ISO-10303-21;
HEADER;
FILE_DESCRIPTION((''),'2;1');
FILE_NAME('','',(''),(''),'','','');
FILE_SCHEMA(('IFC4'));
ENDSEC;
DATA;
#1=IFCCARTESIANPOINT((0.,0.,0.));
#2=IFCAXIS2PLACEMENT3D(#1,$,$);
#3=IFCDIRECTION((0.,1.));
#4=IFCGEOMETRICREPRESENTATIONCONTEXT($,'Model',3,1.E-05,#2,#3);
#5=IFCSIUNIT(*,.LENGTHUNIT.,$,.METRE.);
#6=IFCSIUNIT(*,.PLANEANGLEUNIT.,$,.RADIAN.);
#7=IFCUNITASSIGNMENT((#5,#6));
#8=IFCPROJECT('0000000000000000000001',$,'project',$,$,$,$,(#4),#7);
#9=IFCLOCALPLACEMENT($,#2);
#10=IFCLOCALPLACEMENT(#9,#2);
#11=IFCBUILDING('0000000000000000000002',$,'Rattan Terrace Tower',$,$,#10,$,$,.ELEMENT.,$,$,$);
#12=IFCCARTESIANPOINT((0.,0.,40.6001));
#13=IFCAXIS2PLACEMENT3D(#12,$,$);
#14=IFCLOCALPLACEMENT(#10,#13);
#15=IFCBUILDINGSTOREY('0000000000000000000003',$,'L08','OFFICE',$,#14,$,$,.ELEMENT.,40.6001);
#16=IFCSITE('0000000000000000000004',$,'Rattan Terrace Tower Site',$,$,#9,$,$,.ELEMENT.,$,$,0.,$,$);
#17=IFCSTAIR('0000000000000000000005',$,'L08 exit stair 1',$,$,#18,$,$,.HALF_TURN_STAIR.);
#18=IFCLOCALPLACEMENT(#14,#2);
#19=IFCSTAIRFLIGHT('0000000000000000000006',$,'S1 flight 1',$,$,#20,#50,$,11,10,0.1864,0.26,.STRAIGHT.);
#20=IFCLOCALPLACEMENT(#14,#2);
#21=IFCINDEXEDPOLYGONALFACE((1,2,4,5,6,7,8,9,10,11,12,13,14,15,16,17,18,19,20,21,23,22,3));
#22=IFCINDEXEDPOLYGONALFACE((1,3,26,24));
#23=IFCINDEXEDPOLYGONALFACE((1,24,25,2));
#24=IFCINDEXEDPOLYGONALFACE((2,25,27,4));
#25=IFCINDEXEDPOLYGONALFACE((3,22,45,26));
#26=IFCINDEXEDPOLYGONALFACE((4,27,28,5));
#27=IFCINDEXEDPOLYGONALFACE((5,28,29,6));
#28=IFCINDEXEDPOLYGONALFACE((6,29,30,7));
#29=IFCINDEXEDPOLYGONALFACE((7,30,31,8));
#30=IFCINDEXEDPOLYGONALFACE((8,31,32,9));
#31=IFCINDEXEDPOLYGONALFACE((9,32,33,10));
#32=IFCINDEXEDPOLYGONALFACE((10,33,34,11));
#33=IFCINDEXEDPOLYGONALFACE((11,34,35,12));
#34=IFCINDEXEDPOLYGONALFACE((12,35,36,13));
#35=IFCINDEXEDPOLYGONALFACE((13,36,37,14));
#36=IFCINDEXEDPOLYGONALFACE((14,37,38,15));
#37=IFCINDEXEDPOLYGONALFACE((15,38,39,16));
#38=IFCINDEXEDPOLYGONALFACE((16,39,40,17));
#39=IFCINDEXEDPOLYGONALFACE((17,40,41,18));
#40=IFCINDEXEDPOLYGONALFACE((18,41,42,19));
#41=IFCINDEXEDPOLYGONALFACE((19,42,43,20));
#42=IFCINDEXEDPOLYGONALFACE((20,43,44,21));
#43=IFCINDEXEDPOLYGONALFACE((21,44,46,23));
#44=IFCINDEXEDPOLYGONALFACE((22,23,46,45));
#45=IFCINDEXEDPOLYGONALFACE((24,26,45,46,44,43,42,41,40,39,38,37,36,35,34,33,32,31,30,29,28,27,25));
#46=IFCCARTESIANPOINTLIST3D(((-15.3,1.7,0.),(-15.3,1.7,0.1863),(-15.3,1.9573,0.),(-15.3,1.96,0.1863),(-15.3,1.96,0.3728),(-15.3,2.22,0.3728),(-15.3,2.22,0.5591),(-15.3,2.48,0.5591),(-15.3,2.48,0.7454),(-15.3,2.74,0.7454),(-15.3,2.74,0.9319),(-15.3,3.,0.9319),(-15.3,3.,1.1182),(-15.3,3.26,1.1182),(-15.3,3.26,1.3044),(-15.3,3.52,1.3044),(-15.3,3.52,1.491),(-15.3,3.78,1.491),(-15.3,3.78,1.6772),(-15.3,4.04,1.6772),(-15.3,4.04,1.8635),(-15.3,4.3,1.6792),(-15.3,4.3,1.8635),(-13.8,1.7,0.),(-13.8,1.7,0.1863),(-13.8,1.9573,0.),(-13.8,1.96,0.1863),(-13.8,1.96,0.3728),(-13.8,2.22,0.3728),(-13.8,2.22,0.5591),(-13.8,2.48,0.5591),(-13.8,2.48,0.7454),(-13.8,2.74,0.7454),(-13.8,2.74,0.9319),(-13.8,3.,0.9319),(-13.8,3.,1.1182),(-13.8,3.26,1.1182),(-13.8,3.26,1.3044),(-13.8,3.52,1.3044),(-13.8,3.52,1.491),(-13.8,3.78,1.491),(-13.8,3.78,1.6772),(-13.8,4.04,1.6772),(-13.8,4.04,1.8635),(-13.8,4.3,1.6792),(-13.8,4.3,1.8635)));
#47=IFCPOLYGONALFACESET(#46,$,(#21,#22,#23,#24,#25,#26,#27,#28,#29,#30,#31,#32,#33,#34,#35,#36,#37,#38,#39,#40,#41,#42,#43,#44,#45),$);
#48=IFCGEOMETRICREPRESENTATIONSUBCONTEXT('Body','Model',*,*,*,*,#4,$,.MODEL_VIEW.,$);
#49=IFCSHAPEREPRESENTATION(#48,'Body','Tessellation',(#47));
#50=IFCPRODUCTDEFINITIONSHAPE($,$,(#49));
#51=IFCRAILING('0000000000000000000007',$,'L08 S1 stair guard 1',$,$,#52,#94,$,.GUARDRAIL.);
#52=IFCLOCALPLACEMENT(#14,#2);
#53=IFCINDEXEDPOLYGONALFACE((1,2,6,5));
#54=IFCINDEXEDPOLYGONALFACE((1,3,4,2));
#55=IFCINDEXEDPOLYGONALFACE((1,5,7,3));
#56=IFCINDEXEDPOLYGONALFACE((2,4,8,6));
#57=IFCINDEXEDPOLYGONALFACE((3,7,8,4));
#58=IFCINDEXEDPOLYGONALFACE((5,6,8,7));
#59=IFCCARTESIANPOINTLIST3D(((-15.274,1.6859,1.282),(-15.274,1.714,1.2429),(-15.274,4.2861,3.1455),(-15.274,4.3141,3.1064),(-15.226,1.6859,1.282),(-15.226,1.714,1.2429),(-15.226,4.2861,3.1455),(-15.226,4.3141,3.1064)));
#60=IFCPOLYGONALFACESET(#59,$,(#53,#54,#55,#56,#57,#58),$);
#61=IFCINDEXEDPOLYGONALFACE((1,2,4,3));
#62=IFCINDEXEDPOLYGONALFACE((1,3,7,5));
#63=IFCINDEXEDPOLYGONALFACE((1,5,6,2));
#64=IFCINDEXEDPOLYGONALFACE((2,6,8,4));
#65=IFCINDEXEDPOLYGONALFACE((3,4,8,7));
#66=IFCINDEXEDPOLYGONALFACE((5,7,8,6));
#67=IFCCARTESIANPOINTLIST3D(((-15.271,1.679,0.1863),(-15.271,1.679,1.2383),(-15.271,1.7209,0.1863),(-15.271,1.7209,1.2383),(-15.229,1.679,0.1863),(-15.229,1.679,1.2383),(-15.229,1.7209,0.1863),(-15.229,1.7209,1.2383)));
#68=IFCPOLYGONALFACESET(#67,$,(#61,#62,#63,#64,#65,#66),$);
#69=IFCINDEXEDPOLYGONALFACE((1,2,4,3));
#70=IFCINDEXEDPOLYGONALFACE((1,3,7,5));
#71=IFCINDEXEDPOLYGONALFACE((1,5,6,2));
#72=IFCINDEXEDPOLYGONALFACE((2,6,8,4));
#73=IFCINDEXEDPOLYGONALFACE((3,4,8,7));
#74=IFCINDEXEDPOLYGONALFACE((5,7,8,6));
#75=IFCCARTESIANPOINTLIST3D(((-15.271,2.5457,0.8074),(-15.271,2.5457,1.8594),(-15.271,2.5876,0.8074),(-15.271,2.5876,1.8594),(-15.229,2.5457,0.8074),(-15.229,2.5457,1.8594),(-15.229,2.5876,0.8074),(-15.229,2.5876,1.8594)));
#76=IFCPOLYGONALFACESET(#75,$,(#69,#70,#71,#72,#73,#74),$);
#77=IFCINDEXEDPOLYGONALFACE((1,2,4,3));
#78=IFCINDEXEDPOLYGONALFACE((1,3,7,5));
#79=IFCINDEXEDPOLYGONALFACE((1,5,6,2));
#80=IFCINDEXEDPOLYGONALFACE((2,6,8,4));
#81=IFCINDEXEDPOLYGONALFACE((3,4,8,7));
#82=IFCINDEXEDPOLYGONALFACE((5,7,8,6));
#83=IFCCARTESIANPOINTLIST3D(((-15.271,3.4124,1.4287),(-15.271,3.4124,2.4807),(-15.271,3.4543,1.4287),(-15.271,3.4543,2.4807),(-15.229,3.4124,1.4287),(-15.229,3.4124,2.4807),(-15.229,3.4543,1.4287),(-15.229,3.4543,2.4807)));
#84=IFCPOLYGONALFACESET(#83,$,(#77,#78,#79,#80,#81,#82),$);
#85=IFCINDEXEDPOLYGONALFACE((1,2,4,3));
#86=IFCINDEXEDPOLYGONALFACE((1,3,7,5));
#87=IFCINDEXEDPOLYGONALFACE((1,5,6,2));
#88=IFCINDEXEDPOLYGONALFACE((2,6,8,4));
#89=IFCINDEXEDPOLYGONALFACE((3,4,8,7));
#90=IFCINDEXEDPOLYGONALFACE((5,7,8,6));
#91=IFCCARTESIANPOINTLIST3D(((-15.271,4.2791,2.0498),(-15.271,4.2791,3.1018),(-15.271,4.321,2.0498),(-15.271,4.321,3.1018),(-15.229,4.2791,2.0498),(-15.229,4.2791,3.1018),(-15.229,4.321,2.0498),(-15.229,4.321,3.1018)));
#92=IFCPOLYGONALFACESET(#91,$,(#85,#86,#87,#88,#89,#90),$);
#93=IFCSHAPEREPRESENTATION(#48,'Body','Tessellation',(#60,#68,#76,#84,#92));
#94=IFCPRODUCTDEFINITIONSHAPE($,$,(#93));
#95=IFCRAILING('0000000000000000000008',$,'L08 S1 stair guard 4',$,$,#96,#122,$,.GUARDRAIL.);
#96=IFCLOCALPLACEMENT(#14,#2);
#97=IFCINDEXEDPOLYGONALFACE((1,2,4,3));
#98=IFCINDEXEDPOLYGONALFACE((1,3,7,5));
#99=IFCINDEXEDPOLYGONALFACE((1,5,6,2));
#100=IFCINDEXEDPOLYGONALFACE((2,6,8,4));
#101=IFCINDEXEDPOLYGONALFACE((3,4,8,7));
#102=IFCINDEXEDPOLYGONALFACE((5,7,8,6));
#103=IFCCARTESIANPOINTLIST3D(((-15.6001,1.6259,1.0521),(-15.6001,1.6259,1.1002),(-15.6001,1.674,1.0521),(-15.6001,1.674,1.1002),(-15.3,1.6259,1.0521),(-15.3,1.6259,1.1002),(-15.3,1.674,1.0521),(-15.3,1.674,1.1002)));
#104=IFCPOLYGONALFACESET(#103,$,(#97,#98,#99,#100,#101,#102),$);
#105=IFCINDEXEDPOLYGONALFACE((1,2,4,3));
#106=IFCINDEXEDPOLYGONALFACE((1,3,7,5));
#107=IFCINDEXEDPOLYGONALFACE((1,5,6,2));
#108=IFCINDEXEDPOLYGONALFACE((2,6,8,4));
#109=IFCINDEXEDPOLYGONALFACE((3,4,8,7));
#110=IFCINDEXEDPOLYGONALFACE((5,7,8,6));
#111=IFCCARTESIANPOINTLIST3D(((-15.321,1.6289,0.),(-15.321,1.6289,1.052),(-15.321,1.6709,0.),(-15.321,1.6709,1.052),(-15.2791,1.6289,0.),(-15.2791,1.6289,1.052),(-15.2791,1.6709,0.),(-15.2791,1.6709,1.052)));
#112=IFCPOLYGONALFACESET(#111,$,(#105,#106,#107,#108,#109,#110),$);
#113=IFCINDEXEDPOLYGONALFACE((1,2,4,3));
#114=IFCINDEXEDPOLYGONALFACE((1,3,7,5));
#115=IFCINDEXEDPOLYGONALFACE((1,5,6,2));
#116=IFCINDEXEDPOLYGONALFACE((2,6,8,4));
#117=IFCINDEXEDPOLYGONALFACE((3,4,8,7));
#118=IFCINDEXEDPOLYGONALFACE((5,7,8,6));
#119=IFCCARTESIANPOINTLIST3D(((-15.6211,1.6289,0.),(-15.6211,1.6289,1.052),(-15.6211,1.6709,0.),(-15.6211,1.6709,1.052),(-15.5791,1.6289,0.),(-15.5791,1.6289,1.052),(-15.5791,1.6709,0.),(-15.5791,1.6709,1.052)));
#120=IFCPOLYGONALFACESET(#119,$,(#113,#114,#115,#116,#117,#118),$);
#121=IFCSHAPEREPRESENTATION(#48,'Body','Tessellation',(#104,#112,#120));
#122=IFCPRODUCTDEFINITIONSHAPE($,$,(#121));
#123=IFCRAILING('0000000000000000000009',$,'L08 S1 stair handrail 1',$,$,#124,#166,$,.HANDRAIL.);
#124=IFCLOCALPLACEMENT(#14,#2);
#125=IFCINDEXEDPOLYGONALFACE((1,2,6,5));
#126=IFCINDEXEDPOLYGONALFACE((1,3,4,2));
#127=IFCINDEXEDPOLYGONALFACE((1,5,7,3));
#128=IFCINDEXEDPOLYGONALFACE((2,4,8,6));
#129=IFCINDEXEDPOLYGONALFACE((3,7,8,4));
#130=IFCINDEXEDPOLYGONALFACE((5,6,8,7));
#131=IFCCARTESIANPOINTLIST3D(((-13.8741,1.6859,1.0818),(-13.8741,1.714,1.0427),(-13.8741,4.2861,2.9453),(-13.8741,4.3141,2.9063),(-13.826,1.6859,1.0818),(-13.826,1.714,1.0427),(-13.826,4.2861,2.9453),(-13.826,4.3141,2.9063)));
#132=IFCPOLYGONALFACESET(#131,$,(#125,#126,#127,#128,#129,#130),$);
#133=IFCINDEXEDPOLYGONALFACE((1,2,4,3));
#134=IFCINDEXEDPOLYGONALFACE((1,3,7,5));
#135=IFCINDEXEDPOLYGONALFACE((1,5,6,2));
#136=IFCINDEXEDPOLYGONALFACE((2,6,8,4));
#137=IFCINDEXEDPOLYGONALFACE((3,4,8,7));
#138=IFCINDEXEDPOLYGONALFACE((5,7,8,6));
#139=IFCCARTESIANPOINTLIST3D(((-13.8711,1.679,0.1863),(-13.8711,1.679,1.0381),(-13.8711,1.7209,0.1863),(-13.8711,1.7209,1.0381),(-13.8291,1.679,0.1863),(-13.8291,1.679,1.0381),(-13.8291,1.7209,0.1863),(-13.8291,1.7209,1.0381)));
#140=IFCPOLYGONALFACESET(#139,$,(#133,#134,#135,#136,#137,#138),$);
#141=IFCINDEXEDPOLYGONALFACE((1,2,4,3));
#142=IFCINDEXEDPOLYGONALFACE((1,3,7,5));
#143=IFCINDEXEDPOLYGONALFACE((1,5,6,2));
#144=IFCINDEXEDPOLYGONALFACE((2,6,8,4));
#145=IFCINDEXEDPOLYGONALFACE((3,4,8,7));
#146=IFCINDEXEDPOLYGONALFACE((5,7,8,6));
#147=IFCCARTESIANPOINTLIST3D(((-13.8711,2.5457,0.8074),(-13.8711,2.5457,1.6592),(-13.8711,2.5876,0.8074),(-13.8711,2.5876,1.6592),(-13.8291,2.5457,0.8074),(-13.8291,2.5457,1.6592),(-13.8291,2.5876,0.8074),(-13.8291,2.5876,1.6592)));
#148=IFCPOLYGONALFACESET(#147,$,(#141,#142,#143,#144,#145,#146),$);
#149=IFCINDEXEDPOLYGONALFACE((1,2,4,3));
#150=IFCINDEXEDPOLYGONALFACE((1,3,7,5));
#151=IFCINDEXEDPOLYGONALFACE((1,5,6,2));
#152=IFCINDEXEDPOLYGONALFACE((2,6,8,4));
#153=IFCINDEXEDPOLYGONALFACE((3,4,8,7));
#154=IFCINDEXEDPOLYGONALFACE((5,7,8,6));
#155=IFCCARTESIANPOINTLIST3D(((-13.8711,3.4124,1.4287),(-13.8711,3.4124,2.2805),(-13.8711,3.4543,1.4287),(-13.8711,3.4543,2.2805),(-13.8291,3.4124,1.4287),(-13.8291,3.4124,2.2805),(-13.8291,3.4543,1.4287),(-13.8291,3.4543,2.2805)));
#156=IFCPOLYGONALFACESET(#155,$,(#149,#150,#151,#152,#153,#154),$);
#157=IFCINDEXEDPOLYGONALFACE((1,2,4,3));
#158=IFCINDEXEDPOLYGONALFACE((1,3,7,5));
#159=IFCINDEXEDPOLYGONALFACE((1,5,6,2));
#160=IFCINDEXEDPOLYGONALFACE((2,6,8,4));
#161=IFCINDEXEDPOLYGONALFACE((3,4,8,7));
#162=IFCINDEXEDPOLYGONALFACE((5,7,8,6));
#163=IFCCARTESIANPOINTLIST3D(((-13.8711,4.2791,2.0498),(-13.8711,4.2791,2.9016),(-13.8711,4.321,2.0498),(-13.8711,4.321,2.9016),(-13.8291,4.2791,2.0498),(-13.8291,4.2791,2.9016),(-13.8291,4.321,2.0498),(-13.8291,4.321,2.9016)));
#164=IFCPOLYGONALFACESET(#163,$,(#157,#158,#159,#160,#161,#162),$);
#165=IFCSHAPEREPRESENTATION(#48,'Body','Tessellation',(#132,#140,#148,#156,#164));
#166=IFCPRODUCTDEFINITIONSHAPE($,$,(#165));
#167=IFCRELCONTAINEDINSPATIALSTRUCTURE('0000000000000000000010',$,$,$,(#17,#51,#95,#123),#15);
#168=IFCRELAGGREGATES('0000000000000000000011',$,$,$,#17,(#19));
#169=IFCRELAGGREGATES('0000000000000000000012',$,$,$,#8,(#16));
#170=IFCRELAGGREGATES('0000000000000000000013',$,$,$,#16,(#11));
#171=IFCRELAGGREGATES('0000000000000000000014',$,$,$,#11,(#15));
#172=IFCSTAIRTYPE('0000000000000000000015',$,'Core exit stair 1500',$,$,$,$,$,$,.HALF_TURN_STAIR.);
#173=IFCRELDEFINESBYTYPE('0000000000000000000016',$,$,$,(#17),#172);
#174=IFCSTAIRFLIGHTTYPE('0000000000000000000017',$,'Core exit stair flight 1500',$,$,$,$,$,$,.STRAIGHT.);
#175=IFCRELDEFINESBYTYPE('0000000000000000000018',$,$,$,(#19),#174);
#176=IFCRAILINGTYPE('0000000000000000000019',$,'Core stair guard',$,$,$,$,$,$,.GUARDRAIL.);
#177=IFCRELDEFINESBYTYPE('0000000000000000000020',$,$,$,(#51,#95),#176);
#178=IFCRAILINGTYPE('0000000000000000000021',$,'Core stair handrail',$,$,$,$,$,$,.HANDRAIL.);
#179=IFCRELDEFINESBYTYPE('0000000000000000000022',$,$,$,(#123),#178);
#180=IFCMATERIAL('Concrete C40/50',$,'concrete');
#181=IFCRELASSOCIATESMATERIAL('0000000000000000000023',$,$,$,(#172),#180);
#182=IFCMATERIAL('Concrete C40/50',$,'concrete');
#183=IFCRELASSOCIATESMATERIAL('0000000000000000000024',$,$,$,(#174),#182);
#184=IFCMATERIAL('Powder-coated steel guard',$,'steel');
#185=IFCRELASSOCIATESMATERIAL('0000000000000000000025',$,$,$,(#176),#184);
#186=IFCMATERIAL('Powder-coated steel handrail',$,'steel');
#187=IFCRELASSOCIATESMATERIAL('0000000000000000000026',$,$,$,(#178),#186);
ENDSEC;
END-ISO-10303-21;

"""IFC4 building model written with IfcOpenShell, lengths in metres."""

from ifc_helpers import new_model, si_unit, direction, frame, origin, origin_2d, place, context, subcontext, project, spatial, polyline, rectangle, outline, extrude, material, type_object, element, aggregate, save


model = new_model("IFC4")

# Units and contexts
model_context = context("Model", 3, precision=1e-05, world=origin(), true_north=direction((0.0, 1.0)))
body_context = subcontext(model_context, "Body", "Model", "MODEL_VIEW")
ifc_project = project(units=[si_unit("LENGTHUNIT", "METRE"), si_unit("PLANEANGLEUNIT", "RADIAN")], contexts=[model_context])

# Site, building, storey
site_placement = place(None, origin())
site = spatial("IfcSite", under=ifc_project, at=site_placement, Name="Rattan Terrace Tower Site", CompositionType="ELEMENT", RefElevation=0.0)
building_placement = place(site_placement, origin())
building = spatial("IfcBuilding", under=site, at=building_placement, Name="Rattan Terrace Tower", CompositionType="ELEMENT")
storey_placement = place(building_placement, frame((0.0, 0.0, 40.6001)))
storey = spatial("IfcBuildingStorey", under=building, at=storey_placement, Name="L08", Description="OFFICE", CompositionType="ELEMENT", Elevation=40.6001)

# Stair, stair flight
ifc_material_1 = material(Name="Concrete C40/50", Category="concrete")
stair_type = type_object("IfcStairType", Name="Core exit stair 1500", PredefinedType="HALF_TURN_STAIR", material=ifc_material_1)
stair_placement = place(storey_placement, origin())
stair = element("IfcStair", 1, at=stair_placement, inside=storey, type_object=stair_type, Name="L08 exit stair 1", PredefinedType="HALF_TURN_STAIR")
ifc_material_2 = material(Name="Concrete C40/50", Category="concrete")
stair_flight_type = type_object("IfcStairFlightType", Name="Core exit stair flight 1500", PredefinedType="STRAIGHT", material=ifc_material_2)
stair_flight_placement = place(storey_placement, frame((-14.55, 1.7, 0.0), z_axis=(0.0, 0.0, 1.0), x_axis=(0.0, 1.0, 0.0)))
stair_flight = element("IfcStairFlight", 2, at=stair_flight_placement, type_object=stair_flight_type, Name="S1 flight 1", NumberOfRisers=11, NumberOfTreads=10, PredefinedType="STRAIGHT", RiserHeight=0.1864, TreadLength=0.26, context=body_context, shape_type="SweptSolid", body=[
    extrude(outline(polyline([(0.0, 0.0), (0.0, 0.1863), (0.26, 0.1863), (0.26, 0.3728), (0.52, 0.3728), (0.52, 0.5591), (0.78, 0.5591), (0.78, 0.7454), (1.04, 0.7454), (1.04, 0.9319), (1.3, 0.9319), (1.3, 1.1182), (1.5601, 1.1182), (1.5601, 1.3044), (1.8201, 1.3044), (1.8201, 1.491), (2.0801, 1.491), (2.0801, 1.6772), (2.3401, 1.6772), (2.3401, 1.8635), (2.6001, 1.8635), (2.6001, 2.05), (2.6001, 1.6792), (0.2573, 0.0), (0.0, 0.0)])), frame((0.0, 0.75, 0.0), z_axis=(0.0, -1.0, 0.0), x_axis=(1.0, 0.0, 0.0)), (0.0, 0.0, 1.0), 1.5),
])
aggregate(stair, [stair_flight])

# Railings
ifc_material_3 = material(Name="Powder-coated steel guard", Category="steel")
railing_type_1 = type_object("IfcRailingType", Name="Core stair guard", PredefinedType="GUARDRAIL", material=ifc_material_3)
railing_1_placement = place(storey_placement, frame((-15.25, 1.7, 0.1863)))
element("IfcRailing", 3, at=railing_1_placement, inside=storey, type_object=railing_type_1, Name="L08 S1 stair guard 1", PredefinedType="GUARDRAIL", context=body_context, shape_type="SweptSolid", body=[
    extrude(rectangle(XDim=0.0481, YDim=0.0481, at=origin_2d()), frame((0.0, 0.0, 1.0762), z_axis=(0.0, 0.812799, 0.582544), x_axis=(-1.0, 0.0, 0.0)), (0.0, 0.0, 1.0), 3.199),
    extrude(rectangle(XDim=0.042, YDim=0.042, at=origin_2d()), origin(), (0.0, 0.0, 1.0), 1.052),
    extrude(rectangle(XDim=0.042, YDim=0.042, at=origin_2d()), frame((0.0, 0.8667, 0.6211)), (0.0, 0.0, 1.0), 1.052),
    extrude(rectangle(XDim=0.042, YDim=0.042, at=origin_2d()), frame((0.0, 1.7334, 1.2424)), (0.0, 0.0, 1.0), 1.052),
    extrude(rectangle(XDim=0.042, YDim=0.042, at=origin_2d()), frame((0.0, 2.6001, 1.8635)), (0.0, 0.0, 1.0), 1.052),
])
railing_2_placement = place(storey_placement, frame((-15.3, 1.6499, 0.0)))
element("IfcRailing", 4, at=railing_2_placement, inside=storey, type_object=railing_type_1, Name="L08 S1 stair guard 4", PredefinedType="GUARDRAIL", context=body_context, shape_type="SweptSolid", body=[
    extrude(rectangle(XDim=0.0481, YDim=0.0481, at=origin_2d()), frame((0.0, 0.0, 1.0762), z_axis=(-1.0, 0.0, 0.0), x_axis=(0.0, -1.0, 0.0)), (0.0, 0.0, 1.0), 0.3),
    extrude(rectangle(XDim=0.042, YDim=0.042, at=origin_2d()), origin(), (0.0, 0.0, 1.0), 1.052),
    extrude(rectangle(XDim=0.042, YDim=0.042, at=origin_2d()), frame((-0.3, 0.0, 0.0)), (0.0, 0.0, 1.0), 1.052),
])
ifc_material_4 = material(Name="Powder-coated steel handrail", Category="steel")
railing_type_2 = type_object("IfcRailingType", Name="Core stair handrail", PredefinedType="HANDRAIL", material=ifc_material_4)
railing_3_placement = place(storey_placement, frame((-13.8501, 1.7, 0.1863)))
element("IfcRailing", 5, at=railing_3_placement, inside=storey, type_object=railing_type_2, Name="L08 S1 stair handrail 1", PredefinedType="HANDRAIL", context=body_context, shape_type="SweptSolid", body=[
    extrude(rectangle(XDim=0.0481, YDim=0.0481, at=origin_2d()), frame((0.0, 0.0, 0.876), z_axis=(0.0, 0.812799, 0.582544), x_axis=(-1.0, 0.0, 0.0)), (0.0, 0.0, 1.0), 3.199),
    extrude(rectangle(XDim=0.042, YDim=0.042, at=origin_2d()), origin(), (0.0, 0.0, 1.0), 0.8518),
    extrude(rectangle(XDim=0.042, YDim=0.042, at=origin_2d()), frame((0.0, 0.8667, 0.6211)), (0.0, 0.0, 1.0), 0.8518),
    extrude(rectangle(XDim=0.042, YDim=0.042, at=origin_2d()), frame((0.0, 1.7334, 1.2424)), (0.0, 0.0, 1.0), 0.8518),
    extrude(rectangle(XDim=0.042, YDim=0.042, at=origin_2d()), frame((0.0, 2.6001, 1.8635)), (0.0, 0.0, 1.0), 0.8518),
])

save(model, "model.ifc")
